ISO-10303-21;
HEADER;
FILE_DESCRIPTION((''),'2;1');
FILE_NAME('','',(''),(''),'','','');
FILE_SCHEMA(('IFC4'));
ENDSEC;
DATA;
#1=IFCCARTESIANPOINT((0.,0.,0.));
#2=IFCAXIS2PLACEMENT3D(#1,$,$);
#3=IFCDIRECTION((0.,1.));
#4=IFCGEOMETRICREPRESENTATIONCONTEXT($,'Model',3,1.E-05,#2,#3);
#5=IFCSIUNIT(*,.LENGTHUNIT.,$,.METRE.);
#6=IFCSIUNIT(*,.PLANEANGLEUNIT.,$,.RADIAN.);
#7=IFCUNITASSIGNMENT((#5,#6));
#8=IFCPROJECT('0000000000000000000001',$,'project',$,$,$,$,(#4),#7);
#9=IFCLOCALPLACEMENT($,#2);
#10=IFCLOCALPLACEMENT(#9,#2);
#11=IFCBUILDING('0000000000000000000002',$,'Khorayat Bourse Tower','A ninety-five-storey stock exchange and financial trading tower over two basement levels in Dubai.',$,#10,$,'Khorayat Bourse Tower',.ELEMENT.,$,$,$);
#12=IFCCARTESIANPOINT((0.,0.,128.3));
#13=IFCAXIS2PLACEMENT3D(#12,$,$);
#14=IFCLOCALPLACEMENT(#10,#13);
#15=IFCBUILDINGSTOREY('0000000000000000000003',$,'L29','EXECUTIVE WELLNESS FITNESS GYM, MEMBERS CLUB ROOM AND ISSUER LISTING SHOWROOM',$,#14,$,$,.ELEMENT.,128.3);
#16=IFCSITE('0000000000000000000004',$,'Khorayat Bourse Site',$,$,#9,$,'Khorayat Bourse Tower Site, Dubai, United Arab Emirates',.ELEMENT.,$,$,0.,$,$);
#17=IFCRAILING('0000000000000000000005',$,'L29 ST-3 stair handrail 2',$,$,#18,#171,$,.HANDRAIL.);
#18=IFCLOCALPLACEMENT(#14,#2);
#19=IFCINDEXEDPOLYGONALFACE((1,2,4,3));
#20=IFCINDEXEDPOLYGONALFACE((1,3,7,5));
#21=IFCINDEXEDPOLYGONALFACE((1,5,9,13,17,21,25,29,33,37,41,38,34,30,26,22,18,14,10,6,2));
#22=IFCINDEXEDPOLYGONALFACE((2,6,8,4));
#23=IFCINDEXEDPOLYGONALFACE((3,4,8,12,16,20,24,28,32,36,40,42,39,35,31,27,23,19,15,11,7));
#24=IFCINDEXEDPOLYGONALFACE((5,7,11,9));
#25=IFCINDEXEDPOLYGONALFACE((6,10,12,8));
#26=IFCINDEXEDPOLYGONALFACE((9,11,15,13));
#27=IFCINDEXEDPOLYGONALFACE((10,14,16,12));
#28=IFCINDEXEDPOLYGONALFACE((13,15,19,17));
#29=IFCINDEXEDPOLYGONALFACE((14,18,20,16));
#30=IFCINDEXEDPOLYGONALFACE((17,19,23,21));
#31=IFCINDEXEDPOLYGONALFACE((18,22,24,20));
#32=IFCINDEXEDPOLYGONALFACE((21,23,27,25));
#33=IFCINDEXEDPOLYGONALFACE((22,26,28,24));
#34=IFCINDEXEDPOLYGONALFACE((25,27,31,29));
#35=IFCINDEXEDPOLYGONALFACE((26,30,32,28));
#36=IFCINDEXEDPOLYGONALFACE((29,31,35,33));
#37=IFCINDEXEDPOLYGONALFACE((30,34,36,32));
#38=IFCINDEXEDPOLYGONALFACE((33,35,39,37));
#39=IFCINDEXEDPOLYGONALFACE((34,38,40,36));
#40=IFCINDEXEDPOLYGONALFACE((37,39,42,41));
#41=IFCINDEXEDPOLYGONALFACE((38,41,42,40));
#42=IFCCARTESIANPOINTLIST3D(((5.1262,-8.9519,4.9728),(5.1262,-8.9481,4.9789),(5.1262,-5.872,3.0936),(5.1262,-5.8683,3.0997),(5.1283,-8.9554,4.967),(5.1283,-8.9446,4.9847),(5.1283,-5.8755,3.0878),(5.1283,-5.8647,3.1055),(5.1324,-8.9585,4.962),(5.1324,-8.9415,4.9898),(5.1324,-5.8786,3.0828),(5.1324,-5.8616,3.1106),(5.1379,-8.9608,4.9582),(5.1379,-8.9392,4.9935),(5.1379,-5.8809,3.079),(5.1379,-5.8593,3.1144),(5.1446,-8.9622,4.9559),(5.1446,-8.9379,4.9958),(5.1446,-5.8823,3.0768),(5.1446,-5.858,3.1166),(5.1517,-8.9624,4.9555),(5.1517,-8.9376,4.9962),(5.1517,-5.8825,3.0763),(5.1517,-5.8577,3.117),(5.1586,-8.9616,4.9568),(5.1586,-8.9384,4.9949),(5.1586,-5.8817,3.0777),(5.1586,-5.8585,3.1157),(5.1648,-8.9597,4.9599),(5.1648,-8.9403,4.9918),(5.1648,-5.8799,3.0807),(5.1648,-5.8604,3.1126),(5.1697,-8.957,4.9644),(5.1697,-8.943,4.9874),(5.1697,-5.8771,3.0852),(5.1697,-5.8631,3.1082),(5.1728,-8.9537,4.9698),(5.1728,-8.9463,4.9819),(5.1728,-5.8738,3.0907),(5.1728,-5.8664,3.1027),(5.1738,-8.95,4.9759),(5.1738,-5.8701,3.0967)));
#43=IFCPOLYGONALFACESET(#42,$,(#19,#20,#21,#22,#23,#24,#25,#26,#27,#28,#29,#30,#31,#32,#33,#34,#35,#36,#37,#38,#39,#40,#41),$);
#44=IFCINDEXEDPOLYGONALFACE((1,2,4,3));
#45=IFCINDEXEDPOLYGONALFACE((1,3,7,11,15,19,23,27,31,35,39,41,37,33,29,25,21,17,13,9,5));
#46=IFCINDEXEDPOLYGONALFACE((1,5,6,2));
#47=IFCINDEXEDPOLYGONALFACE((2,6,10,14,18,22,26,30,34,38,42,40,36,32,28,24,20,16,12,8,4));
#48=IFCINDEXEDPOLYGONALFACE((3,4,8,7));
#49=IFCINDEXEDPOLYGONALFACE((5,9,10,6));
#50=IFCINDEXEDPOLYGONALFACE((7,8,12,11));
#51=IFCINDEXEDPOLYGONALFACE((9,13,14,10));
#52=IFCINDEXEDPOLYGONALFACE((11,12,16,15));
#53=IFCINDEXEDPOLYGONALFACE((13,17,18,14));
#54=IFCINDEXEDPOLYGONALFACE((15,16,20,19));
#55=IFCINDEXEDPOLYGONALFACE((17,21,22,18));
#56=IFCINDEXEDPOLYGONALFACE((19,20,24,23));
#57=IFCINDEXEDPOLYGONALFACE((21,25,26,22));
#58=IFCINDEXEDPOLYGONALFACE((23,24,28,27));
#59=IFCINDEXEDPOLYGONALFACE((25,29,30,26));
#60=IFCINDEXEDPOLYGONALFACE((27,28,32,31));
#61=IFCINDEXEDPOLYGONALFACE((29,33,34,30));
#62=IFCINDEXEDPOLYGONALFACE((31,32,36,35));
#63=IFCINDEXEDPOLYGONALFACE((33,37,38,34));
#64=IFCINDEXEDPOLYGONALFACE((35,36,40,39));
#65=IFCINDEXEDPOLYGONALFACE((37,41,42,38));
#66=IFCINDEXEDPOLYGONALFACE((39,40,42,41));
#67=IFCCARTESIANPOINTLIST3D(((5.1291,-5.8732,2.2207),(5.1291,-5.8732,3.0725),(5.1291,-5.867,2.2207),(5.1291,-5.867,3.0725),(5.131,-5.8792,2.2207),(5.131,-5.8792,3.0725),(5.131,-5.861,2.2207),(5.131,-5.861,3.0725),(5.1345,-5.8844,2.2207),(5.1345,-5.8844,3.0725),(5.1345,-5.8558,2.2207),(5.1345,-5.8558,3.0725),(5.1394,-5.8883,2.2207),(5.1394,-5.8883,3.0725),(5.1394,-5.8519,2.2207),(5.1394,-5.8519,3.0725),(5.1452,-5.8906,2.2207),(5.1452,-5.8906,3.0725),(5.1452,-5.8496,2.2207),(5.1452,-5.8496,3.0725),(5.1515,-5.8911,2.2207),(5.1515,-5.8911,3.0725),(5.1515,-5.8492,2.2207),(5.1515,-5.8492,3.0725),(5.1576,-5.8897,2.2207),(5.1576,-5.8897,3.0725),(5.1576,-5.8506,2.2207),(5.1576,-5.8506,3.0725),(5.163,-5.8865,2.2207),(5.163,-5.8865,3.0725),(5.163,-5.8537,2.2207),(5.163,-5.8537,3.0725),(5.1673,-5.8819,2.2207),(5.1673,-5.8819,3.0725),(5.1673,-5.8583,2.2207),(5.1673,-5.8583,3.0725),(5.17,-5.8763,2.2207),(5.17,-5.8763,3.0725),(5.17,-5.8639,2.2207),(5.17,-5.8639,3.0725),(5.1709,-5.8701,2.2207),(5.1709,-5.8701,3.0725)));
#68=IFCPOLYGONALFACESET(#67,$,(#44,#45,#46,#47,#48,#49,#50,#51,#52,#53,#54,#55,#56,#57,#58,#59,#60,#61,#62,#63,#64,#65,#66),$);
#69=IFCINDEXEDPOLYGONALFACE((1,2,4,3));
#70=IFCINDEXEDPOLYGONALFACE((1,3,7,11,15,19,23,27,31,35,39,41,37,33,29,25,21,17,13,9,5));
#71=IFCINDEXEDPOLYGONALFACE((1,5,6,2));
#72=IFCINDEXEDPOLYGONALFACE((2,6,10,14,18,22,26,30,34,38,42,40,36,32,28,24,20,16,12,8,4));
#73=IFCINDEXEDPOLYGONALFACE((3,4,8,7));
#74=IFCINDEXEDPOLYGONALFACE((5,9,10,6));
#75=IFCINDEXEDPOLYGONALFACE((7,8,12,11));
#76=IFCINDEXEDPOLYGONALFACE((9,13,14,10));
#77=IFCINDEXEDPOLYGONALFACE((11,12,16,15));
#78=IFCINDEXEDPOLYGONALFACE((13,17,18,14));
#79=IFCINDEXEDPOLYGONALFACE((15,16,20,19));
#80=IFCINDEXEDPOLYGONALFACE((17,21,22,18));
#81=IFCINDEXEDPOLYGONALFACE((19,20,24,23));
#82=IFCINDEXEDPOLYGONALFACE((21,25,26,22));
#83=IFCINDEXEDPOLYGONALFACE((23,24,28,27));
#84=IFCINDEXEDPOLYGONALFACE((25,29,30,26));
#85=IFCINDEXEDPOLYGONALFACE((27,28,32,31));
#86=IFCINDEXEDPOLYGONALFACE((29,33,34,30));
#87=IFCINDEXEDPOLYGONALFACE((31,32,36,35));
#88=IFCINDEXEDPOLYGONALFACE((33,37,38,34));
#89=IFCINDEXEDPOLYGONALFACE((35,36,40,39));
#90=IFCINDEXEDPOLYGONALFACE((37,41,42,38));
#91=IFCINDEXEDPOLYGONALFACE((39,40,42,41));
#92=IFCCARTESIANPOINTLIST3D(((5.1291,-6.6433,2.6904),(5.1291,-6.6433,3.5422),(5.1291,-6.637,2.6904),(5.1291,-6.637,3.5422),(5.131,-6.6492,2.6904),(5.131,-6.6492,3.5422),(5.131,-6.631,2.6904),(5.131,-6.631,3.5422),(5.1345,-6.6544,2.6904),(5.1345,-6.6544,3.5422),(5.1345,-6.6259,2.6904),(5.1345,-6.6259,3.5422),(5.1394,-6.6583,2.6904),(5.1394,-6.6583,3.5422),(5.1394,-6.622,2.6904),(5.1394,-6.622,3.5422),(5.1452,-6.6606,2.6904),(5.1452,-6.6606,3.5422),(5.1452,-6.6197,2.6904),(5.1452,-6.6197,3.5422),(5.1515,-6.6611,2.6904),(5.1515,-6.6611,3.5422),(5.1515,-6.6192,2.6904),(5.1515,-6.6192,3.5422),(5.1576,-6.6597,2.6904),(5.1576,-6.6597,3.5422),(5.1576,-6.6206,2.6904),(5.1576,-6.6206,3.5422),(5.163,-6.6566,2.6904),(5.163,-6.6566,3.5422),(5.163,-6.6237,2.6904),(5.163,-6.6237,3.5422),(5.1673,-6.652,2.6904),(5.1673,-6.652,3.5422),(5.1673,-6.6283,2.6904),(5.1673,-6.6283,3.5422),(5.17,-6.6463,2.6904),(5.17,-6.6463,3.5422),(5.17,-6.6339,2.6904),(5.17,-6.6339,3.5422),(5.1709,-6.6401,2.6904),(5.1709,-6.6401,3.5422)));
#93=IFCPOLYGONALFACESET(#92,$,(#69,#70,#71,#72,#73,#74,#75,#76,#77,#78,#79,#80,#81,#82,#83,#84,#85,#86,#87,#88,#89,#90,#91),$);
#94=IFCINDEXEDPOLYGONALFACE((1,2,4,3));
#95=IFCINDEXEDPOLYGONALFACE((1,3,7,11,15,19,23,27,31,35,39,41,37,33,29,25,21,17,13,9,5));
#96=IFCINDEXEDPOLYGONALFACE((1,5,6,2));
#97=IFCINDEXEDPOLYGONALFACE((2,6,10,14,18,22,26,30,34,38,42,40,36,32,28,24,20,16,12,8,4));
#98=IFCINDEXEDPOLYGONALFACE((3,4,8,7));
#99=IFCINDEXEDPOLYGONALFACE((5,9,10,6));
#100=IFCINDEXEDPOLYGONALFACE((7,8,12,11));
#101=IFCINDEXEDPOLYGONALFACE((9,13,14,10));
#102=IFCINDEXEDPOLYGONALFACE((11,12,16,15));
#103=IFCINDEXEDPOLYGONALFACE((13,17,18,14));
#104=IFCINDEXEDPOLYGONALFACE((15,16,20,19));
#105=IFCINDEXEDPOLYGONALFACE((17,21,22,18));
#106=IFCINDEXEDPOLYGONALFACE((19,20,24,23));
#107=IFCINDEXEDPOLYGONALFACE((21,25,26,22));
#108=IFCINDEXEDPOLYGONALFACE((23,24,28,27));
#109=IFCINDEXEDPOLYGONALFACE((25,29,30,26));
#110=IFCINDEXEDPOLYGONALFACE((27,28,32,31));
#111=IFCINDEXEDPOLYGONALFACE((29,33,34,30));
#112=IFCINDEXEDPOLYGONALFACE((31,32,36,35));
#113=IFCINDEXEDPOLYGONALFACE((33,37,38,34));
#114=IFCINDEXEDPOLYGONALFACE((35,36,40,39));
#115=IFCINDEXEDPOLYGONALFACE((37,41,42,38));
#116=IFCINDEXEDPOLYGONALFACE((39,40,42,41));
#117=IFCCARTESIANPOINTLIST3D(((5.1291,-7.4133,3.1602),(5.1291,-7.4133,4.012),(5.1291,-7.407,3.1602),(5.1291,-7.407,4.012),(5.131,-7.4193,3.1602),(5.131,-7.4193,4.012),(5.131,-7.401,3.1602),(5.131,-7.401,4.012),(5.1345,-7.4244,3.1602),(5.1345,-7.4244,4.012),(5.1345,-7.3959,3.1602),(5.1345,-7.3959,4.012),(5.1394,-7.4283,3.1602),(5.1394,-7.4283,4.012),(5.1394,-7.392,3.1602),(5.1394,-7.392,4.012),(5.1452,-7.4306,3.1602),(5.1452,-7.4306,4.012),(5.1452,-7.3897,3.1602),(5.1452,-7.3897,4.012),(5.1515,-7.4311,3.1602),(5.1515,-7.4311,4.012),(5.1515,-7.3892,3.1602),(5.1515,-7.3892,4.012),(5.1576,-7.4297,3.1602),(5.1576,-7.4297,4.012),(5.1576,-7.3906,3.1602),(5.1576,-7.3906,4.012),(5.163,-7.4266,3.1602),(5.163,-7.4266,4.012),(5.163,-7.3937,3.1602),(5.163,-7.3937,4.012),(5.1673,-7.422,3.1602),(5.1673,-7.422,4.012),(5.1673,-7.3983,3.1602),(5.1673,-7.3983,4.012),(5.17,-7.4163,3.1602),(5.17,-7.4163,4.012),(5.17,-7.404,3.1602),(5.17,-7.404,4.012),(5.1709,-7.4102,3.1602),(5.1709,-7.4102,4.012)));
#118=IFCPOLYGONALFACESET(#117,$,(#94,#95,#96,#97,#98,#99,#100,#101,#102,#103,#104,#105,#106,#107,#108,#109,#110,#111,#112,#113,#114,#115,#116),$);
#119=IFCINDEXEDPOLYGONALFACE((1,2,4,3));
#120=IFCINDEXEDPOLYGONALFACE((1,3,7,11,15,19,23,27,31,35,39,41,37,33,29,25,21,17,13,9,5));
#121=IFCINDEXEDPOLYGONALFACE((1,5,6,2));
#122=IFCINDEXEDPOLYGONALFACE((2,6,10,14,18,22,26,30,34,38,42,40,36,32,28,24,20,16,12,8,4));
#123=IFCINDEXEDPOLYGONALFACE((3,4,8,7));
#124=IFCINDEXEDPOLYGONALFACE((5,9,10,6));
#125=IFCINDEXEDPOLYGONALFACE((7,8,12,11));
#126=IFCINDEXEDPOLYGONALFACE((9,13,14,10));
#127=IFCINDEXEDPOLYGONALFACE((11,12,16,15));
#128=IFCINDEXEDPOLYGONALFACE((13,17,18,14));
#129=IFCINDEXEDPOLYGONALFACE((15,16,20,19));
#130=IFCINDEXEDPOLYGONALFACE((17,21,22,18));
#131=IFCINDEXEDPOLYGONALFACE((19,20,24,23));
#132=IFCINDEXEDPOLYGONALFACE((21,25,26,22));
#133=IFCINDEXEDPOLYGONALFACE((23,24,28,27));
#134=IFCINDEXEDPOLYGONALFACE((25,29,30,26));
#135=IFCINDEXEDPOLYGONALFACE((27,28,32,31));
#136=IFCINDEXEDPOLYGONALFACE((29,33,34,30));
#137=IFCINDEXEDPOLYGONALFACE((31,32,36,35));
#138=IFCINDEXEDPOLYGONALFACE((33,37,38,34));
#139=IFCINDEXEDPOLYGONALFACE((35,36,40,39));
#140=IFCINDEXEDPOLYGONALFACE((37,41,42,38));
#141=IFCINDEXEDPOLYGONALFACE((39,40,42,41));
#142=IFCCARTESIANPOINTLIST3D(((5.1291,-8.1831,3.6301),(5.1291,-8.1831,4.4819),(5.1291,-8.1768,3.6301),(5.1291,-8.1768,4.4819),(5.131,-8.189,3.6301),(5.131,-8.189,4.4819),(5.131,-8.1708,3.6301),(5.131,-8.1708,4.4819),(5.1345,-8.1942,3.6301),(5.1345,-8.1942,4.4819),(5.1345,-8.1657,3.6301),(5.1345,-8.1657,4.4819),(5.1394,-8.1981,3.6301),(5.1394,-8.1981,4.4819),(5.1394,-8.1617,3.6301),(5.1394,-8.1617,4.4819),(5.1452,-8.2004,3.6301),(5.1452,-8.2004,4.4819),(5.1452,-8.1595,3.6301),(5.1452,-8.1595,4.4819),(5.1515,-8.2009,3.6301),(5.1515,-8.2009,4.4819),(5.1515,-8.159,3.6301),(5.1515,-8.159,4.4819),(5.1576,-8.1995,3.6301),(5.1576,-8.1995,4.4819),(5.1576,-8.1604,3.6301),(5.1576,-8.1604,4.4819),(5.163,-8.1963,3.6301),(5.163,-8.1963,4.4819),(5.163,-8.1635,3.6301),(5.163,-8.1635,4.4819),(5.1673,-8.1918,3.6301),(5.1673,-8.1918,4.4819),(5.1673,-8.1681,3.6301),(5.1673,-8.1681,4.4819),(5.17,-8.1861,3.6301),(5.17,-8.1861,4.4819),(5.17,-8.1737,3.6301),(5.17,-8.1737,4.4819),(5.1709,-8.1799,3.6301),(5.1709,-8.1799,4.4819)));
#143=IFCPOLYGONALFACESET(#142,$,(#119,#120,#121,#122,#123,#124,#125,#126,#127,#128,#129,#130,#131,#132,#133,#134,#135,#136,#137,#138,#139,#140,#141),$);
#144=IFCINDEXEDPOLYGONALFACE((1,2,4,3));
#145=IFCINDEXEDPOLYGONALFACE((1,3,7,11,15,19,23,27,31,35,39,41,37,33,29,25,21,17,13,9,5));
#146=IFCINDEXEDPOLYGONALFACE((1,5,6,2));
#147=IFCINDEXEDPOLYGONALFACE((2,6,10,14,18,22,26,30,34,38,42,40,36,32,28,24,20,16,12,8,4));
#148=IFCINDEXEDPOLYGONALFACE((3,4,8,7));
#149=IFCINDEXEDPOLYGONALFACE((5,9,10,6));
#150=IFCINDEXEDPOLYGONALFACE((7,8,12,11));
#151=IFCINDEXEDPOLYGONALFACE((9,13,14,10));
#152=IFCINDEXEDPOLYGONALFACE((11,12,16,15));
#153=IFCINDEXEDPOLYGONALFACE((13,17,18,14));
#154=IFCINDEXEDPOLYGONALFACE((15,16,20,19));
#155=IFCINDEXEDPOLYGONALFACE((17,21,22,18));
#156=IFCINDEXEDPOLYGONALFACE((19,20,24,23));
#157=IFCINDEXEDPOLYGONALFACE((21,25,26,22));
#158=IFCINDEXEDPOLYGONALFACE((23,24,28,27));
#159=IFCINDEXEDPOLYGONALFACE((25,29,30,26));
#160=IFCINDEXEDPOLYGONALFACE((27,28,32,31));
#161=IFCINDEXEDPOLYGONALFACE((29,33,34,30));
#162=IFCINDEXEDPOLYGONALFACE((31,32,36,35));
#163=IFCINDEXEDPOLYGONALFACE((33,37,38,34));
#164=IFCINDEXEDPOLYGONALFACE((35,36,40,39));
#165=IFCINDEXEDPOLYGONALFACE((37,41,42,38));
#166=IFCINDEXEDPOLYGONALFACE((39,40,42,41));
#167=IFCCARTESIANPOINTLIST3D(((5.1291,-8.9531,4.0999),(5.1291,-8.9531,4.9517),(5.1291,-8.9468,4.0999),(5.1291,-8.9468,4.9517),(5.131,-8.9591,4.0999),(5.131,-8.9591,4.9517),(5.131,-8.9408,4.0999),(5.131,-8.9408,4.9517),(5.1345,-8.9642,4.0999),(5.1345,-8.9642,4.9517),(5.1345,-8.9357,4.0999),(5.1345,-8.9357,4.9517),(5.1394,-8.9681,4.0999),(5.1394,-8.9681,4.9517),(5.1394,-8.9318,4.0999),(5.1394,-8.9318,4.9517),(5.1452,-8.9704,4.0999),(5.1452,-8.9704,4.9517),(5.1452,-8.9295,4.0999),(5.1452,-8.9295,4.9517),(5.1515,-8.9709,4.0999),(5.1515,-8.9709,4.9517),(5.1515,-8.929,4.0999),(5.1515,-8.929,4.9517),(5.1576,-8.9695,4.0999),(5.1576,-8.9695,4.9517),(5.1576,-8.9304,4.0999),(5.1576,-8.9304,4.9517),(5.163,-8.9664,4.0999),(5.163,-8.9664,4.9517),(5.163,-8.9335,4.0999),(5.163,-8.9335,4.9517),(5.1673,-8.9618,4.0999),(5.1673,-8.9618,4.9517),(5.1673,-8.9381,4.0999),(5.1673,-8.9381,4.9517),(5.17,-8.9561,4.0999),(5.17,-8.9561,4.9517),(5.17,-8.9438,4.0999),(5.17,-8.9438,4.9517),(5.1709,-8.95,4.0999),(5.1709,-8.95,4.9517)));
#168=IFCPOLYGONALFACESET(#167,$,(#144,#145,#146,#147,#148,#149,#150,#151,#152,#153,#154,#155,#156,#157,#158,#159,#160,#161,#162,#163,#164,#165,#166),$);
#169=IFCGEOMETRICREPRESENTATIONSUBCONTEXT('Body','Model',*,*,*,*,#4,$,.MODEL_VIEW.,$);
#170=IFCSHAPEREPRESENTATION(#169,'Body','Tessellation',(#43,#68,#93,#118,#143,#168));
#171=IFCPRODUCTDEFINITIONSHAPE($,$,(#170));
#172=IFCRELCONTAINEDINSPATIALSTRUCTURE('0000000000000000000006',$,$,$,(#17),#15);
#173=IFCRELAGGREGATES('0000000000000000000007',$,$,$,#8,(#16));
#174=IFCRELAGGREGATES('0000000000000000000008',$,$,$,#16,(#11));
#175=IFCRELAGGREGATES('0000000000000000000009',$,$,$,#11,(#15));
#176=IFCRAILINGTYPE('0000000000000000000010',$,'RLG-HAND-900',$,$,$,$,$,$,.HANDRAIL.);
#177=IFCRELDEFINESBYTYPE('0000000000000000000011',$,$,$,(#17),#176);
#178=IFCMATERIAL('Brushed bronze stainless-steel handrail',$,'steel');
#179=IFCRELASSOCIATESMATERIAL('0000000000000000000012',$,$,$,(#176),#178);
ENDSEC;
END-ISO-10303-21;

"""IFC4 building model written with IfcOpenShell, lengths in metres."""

from ifc_helpers import new_model, si_unit, direction, frame, origin, origin_2d, place, context, subcontext, project, spatial, circle, extrude, source, transform, mapped, material, type_object, element, save


model = new_model("IFC4")

# Units and contexts
model_context = context("Model", 3, precision=1e-05, world=origin(), true_north=direction((0.0, 1.0)))
body_context = subcontext(model_context, "Body", "Model", "MODEL_VIEW")
ifc_project = project(units=[si_unit("LENGTHUNIT", "METRE"), si_unit("PLANEANGLEUNIT", "RADIAN")], contexts=[model_context])

# Site, building, storey
site_placement = place(None, origin())
site = spatial("IfcSite", under=ifc_project, at=site_placement, Name="Khorayat Bourse Site", LongName="Khorayat Bourse Tower Site, Dubai, United Arab Emirates", CompositionType="ELEMENT", RefElevation=0.0)
building_placement = place(site_placement, origin())
building = spatial("IfcBuilding", under=site, at=building_placement, Name="Khorayat Bourse Tower", Description="A ninety-five-storey stock exchange and financial trading tower over two basement levels in Dubai.", LongName="Khorayat Bourse Tower", CompositionType="ELEMENT")
storey_placement = place(building_placement, frame((0.0, 0.0, 128.3)))
storey = spatial("IfcBuildingStorey", under=building, at=storey_placement, Name="L29", Description="EXECUTIVE WELLNESS FITNESS GYM, MEMBERS CLUB ROOM AND ISSUER LISTING SHOWROOM", CompositionType="ELEMENT", Elevation=128.3)

# Railing
ifc_material_1 = material(Name="Brushed bronze stainless-steel handrail", Category="steel")
railing_type_1 = type_object("IfcRailingType", Name="RLG-HAND-900", PredefinedType="HANDRAIL", material=ifc_material_1)
shared_shape_1 = source(origin(), body_context, "Body", "SweptSolid", [
    extrude(circle(Radius=0.0239, at=origin_2d()), frame((0.0, 0.0, 0.876), z_axis=(0.0, -0.853648, 0.52085), x_axis=(1.0, 0.0, 0.0)), (0.0, 0.0, 1.0), 3.6079),
    extrude(circle(Radius=0.021, at=origin_2d()), origin(), (0.0, 0.0, 1.0), 0.8518),
    extrude(circle(Radius=0.021, at=origin_2d()), frame((0.0, -0.77, 0.4697)), (0.0, 0.0, 1.0), 0.8518),
    extrude(circle(Radius=0.021, at=origin_2d()), frame((0.0, -1.54, 0.9395)), (0.0, 0.0, 1.0), 0.8518),
    extrude(circle(Radius=0.021, at=origin_2d()), frame((0.0, -2.3098, 1.4094)), (0.0, 0.0, 1.0), 0.8518),
    extrude(circle(Radius=0.021, at=origin_2d()), frame((0.0, -3.0798, 1.8792)), (0.0, 0.0, 1.0), 0.8518),
])
railing_1_placement = place(storey_placement, frame((5.1499, -5.8701, 2.2207)))
element("IfcRailing", 1, at=railing_1_placement, inside=storey, type_object=railing_type_1, Name="L29 ST-3 stair handrail 2", PredefinedType="HANDRAIL", context=body_context, shape_type="MappedRepresentation", body=[
    mapped(shared_shape_1, transform((0.0, 0.0, 0.0), scale=1.0)),
])

save(model, "model.ifc")
